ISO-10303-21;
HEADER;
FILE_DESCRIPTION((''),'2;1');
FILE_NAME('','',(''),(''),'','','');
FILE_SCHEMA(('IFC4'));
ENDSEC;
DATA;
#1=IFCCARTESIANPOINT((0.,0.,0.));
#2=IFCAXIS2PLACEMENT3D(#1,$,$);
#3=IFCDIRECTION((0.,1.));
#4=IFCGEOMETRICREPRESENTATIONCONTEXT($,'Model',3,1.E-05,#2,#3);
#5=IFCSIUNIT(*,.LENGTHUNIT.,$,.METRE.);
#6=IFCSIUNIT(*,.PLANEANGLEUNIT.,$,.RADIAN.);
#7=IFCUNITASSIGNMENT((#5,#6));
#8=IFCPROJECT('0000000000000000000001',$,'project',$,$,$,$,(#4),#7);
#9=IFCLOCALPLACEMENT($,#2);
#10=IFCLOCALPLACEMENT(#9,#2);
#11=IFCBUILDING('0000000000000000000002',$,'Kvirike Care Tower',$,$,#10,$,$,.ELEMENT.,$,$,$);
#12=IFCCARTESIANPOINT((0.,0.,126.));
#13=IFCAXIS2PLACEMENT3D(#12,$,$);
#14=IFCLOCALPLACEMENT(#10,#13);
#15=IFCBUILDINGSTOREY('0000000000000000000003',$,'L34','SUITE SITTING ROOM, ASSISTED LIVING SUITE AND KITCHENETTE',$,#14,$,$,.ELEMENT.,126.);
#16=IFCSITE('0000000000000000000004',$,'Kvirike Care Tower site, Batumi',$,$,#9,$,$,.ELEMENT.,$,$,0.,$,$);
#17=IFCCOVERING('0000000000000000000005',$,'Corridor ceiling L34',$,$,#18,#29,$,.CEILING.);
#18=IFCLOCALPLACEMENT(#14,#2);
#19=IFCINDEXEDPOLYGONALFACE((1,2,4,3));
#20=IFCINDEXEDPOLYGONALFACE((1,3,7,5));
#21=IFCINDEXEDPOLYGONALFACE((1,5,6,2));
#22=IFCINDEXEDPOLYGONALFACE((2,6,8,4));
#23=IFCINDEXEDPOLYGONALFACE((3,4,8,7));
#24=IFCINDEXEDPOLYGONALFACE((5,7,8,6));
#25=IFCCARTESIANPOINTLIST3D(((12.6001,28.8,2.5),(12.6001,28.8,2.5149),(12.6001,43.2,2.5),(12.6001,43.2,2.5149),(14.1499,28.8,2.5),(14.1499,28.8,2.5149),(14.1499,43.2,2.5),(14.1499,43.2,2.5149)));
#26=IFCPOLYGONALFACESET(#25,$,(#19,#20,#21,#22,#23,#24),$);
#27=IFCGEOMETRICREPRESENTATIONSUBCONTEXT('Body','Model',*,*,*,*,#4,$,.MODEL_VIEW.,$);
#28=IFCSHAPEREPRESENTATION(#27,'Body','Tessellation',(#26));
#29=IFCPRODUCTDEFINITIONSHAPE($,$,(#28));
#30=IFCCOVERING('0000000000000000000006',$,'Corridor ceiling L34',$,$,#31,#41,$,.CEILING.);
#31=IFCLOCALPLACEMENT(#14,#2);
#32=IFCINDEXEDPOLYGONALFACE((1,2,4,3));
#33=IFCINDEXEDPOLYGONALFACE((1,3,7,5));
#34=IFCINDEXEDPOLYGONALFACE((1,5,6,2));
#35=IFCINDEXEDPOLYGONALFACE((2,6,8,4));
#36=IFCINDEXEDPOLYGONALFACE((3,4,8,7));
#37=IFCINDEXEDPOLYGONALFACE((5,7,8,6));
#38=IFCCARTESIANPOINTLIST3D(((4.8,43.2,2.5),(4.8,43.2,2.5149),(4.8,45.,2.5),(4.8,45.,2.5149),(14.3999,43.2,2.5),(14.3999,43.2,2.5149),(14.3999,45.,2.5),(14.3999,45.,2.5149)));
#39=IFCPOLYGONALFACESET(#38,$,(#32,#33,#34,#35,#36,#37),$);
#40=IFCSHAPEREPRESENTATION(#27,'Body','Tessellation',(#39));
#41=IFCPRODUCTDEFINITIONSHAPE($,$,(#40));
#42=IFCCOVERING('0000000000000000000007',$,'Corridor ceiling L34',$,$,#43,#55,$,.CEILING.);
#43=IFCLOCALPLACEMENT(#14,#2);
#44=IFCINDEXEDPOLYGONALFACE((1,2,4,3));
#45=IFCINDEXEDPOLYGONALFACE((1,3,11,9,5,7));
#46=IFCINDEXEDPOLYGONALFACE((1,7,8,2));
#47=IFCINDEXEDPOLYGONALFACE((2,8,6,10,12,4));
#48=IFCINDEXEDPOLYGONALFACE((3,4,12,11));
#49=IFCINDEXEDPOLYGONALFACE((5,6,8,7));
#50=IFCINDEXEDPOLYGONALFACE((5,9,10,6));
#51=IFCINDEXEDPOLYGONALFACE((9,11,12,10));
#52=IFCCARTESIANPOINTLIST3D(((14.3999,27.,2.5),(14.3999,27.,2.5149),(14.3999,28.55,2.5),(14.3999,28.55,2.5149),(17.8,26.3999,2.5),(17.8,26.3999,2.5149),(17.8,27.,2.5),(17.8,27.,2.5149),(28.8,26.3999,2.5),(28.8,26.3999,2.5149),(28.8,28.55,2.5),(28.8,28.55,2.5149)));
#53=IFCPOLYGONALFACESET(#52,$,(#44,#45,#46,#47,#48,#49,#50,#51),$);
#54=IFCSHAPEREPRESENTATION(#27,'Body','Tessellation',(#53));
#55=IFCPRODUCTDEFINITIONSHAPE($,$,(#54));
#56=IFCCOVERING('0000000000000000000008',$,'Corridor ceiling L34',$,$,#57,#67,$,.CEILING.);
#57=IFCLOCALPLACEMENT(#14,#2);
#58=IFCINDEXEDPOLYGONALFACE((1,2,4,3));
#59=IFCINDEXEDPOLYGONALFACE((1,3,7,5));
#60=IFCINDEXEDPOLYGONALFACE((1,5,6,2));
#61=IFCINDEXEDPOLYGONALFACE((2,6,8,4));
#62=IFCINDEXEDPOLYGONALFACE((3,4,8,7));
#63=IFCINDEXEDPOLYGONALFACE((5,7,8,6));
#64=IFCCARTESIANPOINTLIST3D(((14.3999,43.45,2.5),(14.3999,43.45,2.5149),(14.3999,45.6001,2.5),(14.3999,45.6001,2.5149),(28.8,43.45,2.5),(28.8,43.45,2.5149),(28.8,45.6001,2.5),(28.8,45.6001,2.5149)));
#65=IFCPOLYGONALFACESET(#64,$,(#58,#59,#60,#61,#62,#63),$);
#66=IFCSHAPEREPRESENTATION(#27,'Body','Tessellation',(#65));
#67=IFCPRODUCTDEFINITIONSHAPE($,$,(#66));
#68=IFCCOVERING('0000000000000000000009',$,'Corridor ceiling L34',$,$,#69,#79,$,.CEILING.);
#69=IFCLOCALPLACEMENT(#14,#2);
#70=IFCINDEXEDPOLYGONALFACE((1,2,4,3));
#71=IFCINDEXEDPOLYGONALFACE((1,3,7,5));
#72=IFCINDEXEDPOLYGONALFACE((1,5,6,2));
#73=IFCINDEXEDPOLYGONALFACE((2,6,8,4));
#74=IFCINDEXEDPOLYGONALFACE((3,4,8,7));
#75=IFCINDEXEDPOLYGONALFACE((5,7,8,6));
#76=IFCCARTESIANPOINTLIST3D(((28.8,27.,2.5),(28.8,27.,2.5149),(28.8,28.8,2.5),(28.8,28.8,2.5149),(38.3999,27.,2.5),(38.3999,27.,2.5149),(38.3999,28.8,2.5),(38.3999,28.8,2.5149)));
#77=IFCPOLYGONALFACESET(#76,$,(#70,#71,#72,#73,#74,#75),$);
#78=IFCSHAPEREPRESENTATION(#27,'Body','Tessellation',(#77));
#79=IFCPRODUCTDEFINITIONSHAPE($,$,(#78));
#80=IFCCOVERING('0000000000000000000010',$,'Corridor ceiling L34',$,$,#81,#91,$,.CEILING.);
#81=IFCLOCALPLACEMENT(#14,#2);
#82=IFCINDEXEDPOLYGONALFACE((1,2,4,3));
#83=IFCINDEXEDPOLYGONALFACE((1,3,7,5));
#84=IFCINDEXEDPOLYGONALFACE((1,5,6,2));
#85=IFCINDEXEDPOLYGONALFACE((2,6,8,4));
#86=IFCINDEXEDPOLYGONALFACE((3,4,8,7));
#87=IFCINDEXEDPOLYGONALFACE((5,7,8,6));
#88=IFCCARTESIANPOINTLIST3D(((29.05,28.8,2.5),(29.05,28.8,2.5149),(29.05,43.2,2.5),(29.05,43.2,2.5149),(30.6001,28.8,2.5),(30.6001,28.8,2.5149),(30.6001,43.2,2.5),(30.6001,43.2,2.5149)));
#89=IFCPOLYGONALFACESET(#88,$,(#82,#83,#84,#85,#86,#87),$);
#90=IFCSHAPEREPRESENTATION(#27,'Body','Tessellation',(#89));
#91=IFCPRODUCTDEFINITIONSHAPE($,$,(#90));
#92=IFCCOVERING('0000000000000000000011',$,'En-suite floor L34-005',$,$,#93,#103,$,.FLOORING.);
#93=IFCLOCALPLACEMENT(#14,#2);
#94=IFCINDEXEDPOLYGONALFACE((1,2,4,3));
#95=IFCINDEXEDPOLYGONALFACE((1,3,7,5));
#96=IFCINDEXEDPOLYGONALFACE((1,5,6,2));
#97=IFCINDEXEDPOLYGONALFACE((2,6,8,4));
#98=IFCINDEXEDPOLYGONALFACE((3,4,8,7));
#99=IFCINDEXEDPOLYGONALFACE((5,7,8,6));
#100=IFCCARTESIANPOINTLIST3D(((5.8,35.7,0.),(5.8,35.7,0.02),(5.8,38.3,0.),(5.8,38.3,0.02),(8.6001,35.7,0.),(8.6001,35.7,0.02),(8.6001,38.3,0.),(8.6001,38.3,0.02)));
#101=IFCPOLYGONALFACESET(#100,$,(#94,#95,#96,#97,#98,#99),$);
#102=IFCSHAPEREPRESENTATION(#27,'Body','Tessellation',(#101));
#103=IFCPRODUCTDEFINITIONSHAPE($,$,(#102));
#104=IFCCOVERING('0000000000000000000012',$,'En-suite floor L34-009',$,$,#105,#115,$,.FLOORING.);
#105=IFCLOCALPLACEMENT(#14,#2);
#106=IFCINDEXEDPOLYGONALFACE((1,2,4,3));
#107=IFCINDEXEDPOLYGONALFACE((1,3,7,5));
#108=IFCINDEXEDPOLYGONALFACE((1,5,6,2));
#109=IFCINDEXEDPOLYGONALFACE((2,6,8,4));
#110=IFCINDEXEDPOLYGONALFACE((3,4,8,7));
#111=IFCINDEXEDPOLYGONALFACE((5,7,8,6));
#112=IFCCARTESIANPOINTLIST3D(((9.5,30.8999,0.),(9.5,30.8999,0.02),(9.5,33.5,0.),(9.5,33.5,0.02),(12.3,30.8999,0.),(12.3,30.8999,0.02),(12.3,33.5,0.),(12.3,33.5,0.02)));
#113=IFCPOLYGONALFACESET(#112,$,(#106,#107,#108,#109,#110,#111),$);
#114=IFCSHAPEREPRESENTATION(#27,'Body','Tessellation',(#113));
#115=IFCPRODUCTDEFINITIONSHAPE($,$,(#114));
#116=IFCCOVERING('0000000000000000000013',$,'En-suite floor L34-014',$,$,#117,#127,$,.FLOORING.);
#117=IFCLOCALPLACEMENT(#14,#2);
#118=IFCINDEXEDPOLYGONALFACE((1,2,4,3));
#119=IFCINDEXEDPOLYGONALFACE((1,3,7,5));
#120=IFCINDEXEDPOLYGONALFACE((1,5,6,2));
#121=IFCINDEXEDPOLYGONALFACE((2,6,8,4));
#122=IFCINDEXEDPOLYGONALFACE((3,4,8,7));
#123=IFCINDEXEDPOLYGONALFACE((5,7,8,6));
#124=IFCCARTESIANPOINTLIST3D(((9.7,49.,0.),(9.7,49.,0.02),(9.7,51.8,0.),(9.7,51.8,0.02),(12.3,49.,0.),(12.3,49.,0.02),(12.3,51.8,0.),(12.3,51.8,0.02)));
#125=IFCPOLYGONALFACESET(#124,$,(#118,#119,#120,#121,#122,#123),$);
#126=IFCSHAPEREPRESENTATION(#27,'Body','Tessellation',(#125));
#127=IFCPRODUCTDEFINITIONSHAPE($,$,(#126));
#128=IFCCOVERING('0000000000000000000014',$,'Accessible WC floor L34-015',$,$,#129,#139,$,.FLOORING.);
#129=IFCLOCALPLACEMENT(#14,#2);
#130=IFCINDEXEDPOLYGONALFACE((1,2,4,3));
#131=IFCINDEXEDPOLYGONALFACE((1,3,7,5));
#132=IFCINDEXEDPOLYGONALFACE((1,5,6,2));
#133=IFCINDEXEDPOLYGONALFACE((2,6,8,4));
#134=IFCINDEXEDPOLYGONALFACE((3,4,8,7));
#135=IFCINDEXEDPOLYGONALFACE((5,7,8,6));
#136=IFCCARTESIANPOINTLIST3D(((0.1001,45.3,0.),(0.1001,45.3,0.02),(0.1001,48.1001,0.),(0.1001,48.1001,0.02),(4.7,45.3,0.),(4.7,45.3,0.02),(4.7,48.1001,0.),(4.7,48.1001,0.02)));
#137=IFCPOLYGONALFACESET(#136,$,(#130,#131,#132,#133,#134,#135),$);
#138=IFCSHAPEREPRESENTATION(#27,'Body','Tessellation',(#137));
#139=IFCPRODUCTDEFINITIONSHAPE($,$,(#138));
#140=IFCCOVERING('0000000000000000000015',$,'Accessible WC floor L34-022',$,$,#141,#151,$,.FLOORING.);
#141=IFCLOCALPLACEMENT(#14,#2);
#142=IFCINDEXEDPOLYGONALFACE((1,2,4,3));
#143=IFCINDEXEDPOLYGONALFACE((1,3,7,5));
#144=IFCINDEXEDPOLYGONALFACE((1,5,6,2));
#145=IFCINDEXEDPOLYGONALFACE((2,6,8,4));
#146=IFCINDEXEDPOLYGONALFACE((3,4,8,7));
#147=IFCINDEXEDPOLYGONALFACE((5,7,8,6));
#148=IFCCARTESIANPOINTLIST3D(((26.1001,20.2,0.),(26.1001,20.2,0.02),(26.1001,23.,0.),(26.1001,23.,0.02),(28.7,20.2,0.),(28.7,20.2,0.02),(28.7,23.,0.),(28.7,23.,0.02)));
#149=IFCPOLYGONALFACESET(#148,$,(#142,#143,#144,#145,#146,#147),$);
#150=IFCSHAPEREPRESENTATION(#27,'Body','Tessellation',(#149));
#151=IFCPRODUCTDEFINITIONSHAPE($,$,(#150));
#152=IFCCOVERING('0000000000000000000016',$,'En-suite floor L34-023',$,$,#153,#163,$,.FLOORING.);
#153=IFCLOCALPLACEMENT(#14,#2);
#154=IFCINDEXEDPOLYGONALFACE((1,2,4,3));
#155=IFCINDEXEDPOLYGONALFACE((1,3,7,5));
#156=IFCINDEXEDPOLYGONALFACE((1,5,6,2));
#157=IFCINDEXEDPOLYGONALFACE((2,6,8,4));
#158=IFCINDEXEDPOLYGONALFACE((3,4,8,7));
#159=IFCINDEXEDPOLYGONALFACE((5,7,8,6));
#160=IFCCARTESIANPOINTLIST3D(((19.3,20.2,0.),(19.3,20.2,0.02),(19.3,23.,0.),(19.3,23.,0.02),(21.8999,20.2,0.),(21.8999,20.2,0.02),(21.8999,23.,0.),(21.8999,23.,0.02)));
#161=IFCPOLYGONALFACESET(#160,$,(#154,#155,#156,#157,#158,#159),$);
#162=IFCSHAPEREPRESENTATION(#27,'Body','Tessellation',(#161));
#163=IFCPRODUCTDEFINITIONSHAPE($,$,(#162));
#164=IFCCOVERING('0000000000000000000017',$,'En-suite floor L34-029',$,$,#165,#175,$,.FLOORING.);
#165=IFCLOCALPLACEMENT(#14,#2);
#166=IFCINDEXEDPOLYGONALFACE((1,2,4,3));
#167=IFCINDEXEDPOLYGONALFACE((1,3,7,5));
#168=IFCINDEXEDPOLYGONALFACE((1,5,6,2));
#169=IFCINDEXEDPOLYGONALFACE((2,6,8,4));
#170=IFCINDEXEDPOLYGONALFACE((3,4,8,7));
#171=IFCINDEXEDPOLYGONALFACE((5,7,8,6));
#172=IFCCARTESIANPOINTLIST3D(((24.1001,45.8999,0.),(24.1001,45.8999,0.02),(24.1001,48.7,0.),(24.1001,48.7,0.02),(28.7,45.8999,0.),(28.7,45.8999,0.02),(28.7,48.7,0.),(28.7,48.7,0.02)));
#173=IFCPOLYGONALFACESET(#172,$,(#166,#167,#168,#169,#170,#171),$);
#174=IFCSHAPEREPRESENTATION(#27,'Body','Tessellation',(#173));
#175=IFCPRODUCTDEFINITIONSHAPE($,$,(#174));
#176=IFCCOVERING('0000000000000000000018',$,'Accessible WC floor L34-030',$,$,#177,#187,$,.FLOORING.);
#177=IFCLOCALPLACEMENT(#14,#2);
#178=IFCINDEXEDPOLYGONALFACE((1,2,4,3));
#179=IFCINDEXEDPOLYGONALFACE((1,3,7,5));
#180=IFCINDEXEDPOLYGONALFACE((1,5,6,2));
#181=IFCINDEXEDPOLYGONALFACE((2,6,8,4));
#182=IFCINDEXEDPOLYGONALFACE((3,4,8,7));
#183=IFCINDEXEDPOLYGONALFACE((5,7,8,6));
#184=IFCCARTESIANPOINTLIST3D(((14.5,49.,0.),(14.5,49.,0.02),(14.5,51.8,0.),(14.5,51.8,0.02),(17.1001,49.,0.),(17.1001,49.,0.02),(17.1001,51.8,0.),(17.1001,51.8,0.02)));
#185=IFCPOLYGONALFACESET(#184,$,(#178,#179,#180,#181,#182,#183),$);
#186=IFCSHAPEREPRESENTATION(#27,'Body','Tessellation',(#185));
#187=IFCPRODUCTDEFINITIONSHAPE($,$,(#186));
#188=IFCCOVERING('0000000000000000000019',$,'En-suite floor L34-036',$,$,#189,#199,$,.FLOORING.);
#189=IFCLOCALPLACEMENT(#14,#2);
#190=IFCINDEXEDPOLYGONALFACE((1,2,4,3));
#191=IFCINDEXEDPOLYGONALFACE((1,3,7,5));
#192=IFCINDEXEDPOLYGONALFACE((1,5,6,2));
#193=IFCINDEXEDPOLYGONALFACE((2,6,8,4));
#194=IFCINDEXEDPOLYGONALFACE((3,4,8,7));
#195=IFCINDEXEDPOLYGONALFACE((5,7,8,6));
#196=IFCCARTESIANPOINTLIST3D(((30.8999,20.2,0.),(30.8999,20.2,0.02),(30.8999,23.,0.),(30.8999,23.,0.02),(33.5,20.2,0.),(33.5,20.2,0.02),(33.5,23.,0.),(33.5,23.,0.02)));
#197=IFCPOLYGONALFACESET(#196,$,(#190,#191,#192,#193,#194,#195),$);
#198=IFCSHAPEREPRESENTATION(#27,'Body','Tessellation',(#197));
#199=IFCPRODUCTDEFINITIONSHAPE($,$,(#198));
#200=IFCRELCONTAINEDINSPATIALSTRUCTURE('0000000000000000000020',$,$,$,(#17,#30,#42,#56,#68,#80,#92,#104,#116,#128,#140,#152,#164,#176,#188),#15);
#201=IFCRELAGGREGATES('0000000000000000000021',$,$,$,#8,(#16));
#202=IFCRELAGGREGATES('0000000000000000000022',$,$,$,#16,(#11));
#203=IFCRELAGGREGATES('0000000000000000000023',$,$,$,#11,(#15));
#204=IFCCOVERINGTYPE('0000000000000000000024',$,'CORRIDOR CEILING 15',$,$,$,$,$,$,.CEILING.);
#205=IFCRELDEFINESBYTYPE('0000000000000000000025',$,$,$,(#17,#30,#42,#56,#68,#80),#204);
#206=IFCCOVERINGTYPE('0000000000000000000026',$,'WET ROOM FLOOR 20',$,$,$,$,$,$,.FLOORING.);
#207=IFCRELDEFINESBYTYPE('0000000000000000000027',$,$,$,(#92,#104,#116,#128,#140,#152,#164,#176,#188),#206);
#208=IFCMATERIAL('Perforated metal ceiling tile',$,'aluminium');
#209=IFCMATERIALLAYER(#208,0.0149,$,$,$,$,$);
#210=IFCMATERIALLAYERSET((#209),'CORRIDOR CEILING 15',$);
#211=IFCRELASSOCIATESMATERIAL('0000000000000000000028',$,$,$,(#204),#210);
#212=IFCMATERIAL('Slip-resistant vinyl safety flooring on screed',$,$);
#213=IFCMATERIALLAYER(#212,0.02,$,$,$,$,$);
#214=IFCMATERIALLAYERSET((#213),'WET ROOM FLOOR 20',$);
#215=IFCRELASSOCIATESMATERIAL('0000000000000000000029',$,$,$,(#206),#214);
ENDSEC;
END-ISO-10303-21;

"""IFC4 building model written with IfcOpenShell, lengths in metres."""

from ifc_helpers import new_model, si_unit, direction, frame, origin, place, context, subcontext, project, spatial, polyline, outline, extrude, material, layer, layer_set, type_object, element, save


model = new_model("IFC4")

# Units and contexts
model_context = context("Model", 3, precision=1e-05, world=origin(), true_north=direction((0.0, 1.0)))
body_context = subcontext(model_context, "Body", "Model", "MODEL_VIEW")
ifc_project = project(units=[si_unit("LENGTHUNIT", "METRE"), si_unit("PLANEANGLEUNIT", "RADIAN")], contexts=[model_context])

# Site, building, storey
site_placement = place(None, origin())
site = spatial("IfcSite", under=ifc_project, at=site_placement, Name="Kvirike Care Tower site, Batumi", CompositionType="ELEMENT", RefElevation=0.0)
building_placement = place(site_placement, origin())
building = spatial("IfcBuilding", under=site, at=building_placement, Name="Kvirike Care Tower", CompositionType="ELEMENT")
storey_placement = place(building_placement, frame((0.0, 0.0, 126.0)))
storey = spatial("IfcBuildingStorey", under=building, at=storey_placement, Name="L34", Description="SUITE SITTING ROOM, ASSISTED LIVING SUITE AND KITCHENETTE", CompositionType="ELEMENT", Elevation=126.0)

# Coverings
ifc_material_1 = material(Name="Perforated metal ceiling tile", Category="aluminium")
ifc_layer_1 = layer(ifc_material_1, 0.0149)
ifc_layer_set_1 = layer_set([ifc_layer_1], Name="CORRIDOR CEILING 15")
covering_type_1 = type_object("IfcCoveringType", Name="CORRIDOR CEILING 15", PredefinedType="CEILING", material=ifc_layer_set_1)
covering_1_placement = place(storey_placement, frame((0.0, 0.0, 2.5)))
element("IfcCovering", 1, at=covering_1_placement, inside=storey, type_object=covering_type_1, Name="Corridor ceiling L34", PredefinedType="CEILING", context=body_context, shape_type="SweptSolid", body=[
    extrude(outline(polyline([(12.6001, 43.2), (14.1499, 43.2), (14.1499, 28.8), (12.6001, 28.8), (12.6001, 43.2)])), origin(), (0.0, 0.0, 1.0), 0.0149),
])
covering_2_placement = place(storey_placement, frame((0.0, 0.0, 2.5)))
element("IfcCovering", 2, at=covering_2_placement, inside=storey, type_object=covering_type_1, Name="Corridor ceiling L34", PredefinedType="CEILING", context=body_context, shape_type="SweptSolid", body=[
    extrude(outline(polyline([(14.3999, 45.0), (14.3999, 43.2), (4.8, 43.2), (4.8, 45.0), (14.3999, 45.0)])), origin(), (0.0, 0.0, 1.0), 0.0149),
])
covering_3_placement = place(storey_placement, frame((0.0, 0.0, 2.5)))
element("IfcCovering", 3, at=covering_3_placement, inside=storey, type_object=covering_type_1, Name="Corridor ceiling L34", PredefinedType="CEILING", context=body_context, shape_type="SweptSolid", body=[
    extrude(outline(polyline([(14.3999, 28.55), (28.8, 28.55), (28.8, 26.3999), (17.8, 26.3999), (17.8, 27.0), (14.3999, 27.0), (14.3999, 28.55)])), origin(), (0.0, 0.0, 1.0), 0.0149),
])
covering_4_placement = place(storey_placement, frame((0.0, 0.0, 2.5)))
element("IfcCovering", 4, at=covering_4_placement, inside=storey, type_object=covering_type_1, Name="Corridor ceiling L34", PredefinedType="CEILING", context=body_context, shape_type="SweptSolid", body=[
    extrude(outline(polyline([(28.8, 45.6001), (28.8, 43.45), (14.3999, 43.45), (14.3999, 45.6001), (28.8, 45.6001)])), origin(), (0.0, 0.0, 1.0), 0.0149),
])
covering_5_placement = place(storey_placement, frame((0.0, 0.0, 2.5)))
element("IfcCovering", 5, at=covering_5_placement, inside=storey, type_object=covering_type_1, Name="Corridor ceiling L34", PredefinedType="CEILING", context=body_context, shape_type="SweptSolid", body=[
    extrude(outline(polyline([(28.8, 27.0), (28.8, 28.8), (38.3999, 28.8), (38.3999, 27.0), (28.8, 27.0)])), origin(), (0.0, 0.0, 1.0), 0.0149),
])
covering_6_placement = place(storey_placement, frame((0.0, 0.0, 2.5)))
element("IfcCovering", 6, at=covering_6_placement, inside=storey, type_object=covering_type_1, Name="Corridor ceiling L34", PredefinedType="CEILING", context=body_context, shape_type="SweptSolid", body=[
    extrude(outline(polyline([(30.6001, 28.8), (29.05, 28.8), (29.05, 43.2), (30.6001, 43.2), (30.6001, 28.8)])), origin(), (0.0, 0.0, 1.0), 0.0149),
])
ifc_material_2 = material(Name="Slip-resistant vinyl safety flooring on screed")
ifc_layer_2 = layer(ifc_material_2, 0.02)
ifc_layer_set_2 = layer_set([ifc_layer_2], Name="WET ROOM FLOOR 20")
covering_type_2 = type_object("IfcCoveringType", Name="WET ROOM FLOOR 20", PredefinedType="FLOORING", material=ifc_layer_set_2)
covering_7_placement = place(storey_placement, origin())
element("IfcCovering", 7, at=covering_7_placement, inside=storey, type_object=covering_type_2, Name="En-suite floor L34-005", PredefinedType="FLOORING", context=body_context, shape_type="SweptSolid", body=[
    extrude(outline(polyline([(5.8, 38.3), (8.6001, 38.3), (8.6001, 35.7), (5.8, 35.7), (5.8, 38.3)])), origin(), (0.0, 0.0, 1.0), 0.02),
])
covering_8_placement = place(storey_placement, origin())
element("IfcCovering", 8, at=covering_8_placement, inside=storey, type_object=covering_type_2, Name="En-suite floor L34-009", PredefinedType="FLOORING", context=body_context, shape_type="SweptSolid", body=[
    extrude(outline(polyline([(9.5, 33.5), (12.3, 33.5), (12.3, 30.8999), (9.5, 30.8999), (9.5, 33.5)])), origin(), (0.0, 0.0, 1.0), 0.02),
])
covering_9_placement = place(storey_placement, origin())
element("IfcCovering", 9, at=covering_9_placement, inside=storey, type_object=covering_type_2, Name="En-suite floor L34-014", PredefinedType="FLOORING", context=body_context, shape_type="SweptSolid", body=[
    extrude(outline(polyline([(12.3, 51.8), (12.3, 49.0), (9.7, 49.0), (9.7, 51.8), (12.3, 51.8)])), origin(), (0.0, 0.0, 1.0), 0.02),
])
covering_10_placement = place(storey_placement, origin())
element("IfcCovering", 10, at=covering_10_placement, inside=storey, type_object=covering_type_2, Name="Accessible WC floor L34-015", PredefinedType="FLOORING", context=body_context, shape_type="SweptSolid", body=[
    extrude(outline(polyline([(4.7, 48.1001), (4.7, 45.3), (0.1001, 45.3), (0.1001, 48.1001), (4.7, 48.1001)])), origin(), (0.0, 0.0, 1.0), 0.02),
])
covering_11_placement = place(storey_placement, origin())
element("IfcCovering", 11, at=covering_11_placement, inside=storey, type_object=covering_type_2, Name="Accessible WC floor L34-022", PredefinedType="FLOORING", context=body_context, shape_type="SweptSolid", body=[
    extrude(outline(polyline([(26.1001, 20.2), (26.1001, 23.0), (28.7, 23.0), (28.7, 20.2), (26.1001, 20.2)])), origin(), (0.0, 0.0, 1.0), 0.02),
])
covering_12_placement = place(storey_placement, origin())
element("IfcCovering", 12, at=covering_12_placement, inside=storey, type_object=covering_type_2, Name="En-suite floor L34-023", PredefinedType="FLOORING", context=body_context, shape_type="SweptSolid", body=[
    extrude(outline(polyline([(19.3, 20.2), (19.3, 23.0), (21.8999, 23.0), (21.8999, 20.2), (19.3, 20.2)])), origin(), (0.0, 0.0, 1.0), 0.02),
])
covering_13_placement = place(storey_placement, origin())
element("IfcCovering", 13, at=covering_13_placement, inside=storey, type_object=covering_type_2, Name="En-suite floor L34-029", PredefinedType="FLOORING", context=body_context, shape_type="SweptSolid", body=[
    extrude(outline(polyline([(28.7, 48.7), (28.7, 45.8999), (24.1001, 45.8999), (24.1001, 48.7), (28.7, 48.7)])), origin(), (0.0, 0.0, 1.0), 0.02),
])
covering_14_placement = place(storey_placement, origin())
element("IfcCovering", 14, at=covering_14_placement, inside=storey, type_object=covering_type_2, Name="Accessible WC floor L34-030", PredefinedType="FLOORING", context=body_context, shape_type="SweptSolid", body=[
    extrude(outline(polyline([(17.1001, 51.8), (17.1001, 49.0), (14.5, 49.0), (14.5, 51.8), (17.1001, 51.8)])), origin(), (0.0, 0.0, 1.0), 0.02),
])
covering_15_placement = place(storey_placement, origin())
element("IfcCovering", 15, at=covering_15_placement, inside=storey, type_object=covering_type_2, Name="En-suite floor L34-036", PredefinedType="FLOORING", context=body_context, shape_type="SweptSolid", body=[
    extrude(outline(polyline([(30.8999, 20.2), (30.8999, 23.0), (33.5, 23.0), (33.5, 20.2), (30.8999, 20.2)])), origin(), (0.0, 0.0, 1.0), 0.02),
])

save(model, "model.ifc")
